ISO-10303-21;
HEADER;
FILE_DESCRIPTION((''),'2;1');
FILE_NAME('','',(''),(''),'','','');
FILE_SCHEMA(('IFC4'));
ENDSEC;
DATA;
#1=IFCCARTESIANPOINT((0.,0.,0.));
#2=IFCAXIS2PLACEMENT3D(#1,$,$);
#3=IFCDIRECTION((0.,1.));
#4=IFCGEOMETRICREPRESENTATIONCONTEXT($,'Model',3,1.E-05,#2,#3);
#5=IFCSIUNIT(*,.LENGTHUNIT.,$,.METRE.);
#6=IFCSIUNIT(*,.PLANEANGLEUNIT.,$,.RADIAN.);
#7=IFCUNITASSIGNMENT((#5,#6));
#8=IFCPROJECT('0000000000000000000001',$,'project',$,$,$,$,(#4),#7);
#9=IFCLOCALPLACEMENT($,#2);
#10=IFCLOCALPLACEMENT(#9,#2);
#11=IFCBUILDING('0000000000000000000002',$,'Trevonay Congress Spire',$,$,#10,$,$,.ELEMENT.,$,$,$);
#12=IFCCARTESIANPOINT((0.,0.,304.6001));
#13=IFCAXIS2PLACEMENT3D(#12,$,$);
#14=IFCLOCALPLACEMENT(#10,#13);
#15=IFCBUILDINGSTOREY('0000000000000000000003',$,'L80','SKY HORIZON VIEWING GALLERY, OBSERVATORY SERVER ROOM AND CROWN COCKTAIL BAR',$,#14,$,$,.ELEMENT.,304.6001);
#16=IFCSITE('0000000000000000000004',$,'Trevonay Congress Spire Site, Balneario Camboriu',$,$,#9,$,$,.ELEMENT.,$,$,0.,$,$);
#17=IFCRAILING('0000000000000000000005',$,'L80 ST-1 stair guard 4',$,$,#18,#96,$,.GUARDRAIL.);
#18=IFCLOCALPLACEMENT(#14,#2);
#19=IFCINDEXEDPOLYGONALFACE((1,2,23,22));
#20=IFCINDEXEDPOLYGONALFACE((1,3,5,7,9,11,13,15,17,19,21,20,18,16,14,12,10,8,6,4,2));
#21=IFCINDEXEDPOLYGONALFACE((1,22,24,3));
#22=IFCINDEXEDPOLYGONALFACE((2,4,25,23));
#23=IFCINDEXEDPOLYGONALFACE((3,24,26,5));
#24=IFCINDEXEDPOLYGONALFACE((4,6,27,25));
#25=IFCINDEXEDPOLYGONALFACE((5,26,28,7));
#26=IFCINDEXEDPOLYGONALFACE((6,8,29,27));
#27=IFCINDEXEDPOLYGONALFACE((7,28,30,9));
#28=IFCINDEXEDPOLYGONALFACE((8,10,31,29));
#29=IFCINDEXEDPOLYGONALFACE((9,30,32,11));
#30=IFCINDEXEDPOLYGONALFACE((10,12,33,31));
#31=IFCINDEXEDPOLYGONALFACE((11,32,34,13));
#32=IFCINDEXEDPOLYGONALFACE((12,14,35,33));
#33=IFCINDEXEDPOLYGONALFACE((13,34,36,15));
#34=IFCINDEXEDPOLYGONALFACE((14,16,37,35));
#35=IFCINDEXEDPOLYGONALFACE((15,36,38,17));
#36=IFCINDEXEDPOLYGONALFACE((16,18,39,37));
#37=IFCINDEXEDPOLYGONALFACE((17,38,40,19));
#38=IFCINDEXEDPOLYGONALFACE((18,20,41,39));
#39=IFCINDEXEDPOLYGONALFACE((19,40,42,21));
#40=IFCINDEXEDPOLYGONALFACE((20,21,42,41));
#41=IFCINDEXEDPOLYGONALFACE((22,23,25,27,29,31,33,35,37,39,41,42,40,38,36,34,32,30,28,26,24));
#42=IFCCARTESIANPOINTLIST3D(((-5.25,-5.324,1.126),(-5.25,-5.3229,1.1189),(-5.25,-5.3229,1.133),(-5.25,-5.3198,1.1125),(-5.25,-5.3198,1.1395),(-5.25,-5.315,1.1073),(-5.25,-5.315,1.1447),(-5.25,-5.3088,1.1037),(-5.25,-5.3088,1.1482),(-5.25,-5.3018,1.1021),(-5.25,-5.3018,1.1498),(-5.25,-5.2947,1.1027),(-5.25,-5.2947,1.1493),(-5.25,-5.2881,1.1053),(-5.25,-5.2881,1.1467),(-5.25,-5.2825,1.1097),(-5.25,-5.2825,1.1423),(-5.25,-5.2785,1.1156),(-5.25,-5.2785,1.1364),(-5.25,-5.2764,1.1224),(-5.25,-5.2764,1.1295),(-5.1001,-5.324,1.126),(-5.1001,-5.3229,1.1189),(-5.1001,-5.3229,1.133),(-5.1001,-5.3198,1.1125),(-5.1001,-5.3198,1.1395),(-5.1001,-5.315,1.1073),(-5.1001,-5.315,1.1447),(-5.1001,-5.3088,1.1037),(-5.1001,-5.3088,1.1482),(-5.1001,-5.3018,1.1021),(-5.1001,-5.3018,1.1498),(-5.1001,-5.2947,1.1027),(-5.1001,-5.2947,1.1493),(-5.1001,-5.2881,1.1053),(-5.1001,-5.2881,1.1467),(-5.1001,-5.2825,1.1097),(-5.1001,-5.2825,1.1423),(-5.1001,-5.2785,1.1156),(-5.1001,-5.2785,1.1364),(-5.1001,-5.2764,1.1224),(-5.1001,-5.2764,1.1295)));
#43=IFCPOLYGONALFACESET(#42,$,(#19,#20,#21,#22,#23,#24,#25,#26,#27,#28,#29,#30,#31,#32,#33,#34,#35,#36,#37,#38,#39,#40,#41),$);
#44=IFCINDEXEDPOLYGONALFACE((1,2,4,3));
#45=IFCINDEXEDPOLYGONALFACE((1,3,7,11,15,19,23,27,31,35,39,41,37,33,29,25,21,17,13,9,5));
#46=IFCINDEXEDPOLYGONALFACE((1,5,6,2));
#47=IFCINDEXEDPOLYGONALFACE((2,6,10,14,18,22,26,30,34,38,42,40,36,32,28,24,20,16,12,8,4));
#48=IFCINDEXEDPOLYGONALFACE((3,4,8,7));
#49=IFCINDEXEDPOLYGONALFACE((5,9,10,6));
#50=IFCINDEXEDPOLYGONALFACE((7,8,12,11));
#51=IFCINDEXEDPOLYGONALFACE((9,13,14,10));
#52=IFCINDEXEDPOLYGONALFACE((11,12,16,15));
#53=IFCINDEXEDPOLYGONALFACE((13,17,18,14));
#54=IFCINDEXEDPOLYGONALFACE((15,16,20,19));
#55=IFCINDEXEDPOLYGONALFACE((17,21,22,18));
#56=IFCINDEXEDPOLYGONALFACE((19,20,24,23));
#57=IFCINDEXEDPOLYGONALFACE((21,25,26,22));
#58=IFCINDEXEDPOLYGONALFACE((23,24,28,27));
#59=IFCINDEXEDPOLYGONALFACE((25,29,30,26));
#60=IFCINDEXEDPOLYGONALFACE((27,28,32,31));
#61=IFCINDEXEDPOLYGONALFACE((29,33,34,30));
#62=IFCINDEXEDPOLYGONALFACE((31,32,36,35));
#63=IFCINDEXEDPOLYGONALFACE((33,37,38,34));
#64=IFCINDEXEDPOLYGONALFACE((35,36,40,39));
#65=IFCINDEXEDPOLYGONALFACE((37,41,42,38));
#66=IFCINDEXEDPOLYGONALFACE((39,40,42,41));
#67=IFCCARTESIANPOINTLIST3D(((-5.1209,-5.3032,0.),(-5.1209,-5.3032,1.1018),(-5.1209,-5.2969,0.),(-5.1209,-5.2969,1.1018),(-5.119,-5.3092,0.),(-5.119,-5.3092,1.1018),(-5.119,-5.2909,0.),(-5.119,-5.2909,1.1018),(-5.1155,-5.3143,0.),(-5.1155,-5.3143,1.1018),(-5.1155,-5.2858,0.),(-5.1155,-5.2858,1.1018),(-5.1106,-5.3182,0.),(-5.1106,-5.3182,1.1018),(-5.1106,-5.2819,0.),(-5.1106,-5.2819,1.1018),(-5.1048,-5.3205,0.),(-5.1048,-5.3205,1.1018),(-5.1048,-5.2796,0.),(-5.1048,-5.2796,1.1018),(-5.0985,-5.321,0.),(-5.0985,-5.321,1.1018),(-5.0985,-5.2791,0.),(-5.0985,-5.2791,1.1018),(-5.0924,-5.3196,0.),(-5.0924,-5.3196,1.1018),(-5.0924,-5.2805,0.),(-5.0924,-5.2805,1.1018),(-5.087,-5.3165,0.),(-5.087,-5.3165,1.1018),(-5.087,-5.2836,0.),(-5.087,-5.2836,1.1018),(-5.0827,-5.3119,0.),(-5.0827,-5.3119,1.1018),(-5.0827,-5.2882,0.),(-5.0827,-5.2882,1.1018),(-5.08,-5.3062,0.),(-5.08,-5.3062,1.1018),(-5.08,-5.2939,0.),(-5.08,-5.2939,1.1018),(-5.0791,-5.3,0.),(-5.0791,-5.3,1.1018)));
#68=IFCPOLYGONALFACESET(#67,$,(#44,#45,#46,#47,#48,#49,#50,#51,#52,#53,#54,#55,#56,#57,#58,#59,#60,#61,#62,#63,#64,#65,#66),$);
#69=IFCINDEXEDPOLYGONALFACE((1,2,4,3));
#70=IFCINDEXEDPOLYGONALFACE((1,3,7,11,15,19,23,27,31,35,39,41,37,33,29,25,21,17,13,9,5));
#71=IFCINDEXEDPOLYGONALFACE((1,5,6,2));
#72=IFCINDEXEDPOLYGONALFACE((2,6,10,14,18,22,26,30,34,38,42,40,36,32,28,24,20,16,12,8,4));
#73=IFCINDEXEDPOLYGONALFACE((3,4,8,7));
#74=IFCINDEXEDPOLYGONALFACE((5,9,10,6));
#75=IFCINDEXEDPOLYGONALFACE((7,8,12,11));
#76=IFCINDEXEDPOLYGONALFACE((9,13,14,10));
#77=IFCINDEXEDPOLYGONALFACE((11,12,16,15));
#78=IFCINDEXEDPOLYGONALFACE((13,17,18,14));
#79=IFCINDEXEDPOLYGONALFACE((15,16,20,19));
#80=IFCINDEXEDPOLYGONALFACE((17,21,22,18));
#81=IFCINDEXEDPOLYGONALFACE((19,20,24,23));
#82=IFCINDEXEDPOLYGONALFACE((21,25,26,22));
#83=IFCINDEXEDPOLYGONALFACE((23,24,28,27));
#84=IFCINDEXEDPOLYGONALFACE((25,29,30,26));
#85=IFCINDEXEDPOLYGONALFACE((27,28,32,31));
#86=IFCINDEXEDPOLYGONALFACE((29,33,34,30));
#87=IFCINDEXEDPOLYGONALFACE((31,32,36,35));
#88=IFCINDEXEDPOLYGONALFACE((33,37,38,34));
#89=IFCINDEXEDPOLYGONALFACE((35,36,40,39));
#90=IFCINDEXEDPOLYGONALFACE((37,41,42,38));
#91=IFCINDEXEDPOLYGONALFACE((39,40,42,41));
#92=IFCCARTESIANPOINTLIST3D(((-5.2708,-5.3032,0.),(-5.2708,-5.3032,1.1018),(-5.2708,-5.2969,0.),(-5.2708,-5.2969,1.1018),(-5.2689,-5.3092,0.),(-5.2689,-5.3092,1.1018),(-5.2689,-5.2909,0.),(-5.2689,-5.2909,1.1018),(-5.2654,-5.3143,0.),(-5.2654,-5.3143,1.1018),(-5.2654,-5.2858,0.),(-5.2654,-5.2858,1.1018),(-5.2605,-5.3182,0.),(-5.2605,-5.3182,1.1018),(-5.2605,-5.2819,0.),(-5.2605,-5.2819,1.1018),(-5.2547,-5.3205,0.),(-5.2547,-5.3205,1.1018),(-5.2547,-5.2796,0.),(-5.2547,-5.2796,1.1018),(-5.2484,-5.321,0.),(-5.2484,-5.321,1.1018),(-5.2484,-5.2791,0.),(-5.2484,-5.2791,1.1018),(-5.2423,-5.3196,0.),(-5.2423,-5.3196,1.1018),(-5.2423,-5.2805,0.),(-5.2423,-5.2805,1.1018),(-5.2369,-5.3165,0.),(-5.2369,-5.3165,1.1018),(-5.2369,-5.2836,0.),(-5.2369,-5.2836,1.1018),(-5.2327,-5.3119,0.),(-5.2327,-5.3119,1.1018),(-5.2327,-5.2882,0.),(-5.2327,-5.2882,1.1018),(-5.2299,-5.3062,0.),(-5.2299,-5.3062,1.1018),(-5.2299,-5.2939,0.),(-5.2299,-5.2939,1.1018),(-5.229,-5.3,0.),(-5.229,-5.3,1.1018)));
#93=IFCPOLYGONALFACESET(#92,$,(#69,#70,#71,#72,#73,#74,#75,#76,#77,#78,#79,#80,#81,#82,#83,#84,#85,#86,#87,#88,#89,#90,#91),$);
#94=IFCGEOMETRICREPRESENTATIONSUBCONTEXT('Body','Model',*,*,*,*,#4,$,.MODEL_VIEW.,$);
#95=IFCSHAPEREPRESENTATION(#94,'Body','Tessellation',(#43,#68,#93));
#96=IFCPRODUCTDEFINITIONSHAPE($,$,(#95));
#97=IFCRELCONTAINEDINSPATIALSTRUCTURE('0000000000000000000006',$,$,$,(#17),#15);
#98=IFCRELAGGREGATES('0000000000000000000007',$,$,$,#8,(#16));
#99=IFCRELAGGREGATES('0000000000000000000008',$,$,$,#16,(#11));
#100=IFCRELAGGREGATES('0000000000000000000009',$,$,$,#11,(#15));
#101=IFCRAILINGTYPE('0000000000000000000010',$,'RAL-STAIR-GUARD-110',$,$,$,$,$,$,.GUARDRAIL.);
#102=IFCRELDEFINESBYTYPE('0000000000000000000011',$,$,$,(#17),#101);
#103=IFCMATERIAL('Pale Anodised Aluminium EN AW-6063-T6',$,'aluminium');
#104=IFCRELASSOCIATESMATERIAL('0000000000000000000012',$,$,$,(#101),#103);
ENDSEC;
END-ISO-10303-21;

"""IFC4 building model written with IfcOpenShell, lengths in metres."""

from ifc_helpers import new_model, si_unit, direction, frame, origin, origin_2d, place, context, subcontext, project, spatial, circle, extrude, material, type_object, element, save


model = new_model("IFC4")

# Units and contexts
model_context = context("Model", 3, precision=1e-05, world=origin(), true_north=direction((0.0, 1.0)))
body_context = subcontext(model_context, "Body", "Model", "MODEL_VIEW")
ifc_project = project(units=[si_unit("LENGTHUNIT", "METRE"), si_unit("PLANEANGLEUNIT", "RADIAN")], contexts=[model_context])

# Site, building, storey
site_placement = place(None, origin())
site = spatial("IfcSite", under=ifc_project, at=site_placement, Name="Trevonay Congress Spire Site, Balneario Camboriu", CompositionType="ELEMENT", RefElevation=0.0)
building_placement = place(site_placement, origin())
building = spatial("IfcBuilding", under=site, at=building_placement, Name="Trevonay Congress Spire", CompositionType="ELEMENT")
storey_placement = place(building_placement, frame((0.0, 0.0, 304.6001)))
storey = spatial("IfcBuildingStorey", under=building, at=storey_placement, Name="L80", Description="SKY HORIZON VIEWING GALLERY, OBSERVATORY SERVER ROOM AND CROWN COCKTAIL BAR", CompositionType="ELEMENT", Elevation=304.6001)

# Shared definitions
ifc_material_1 = material(Name="Pale Anodised Aluminium EN AW-6063-T6", Category="aluminium")

# Railing
railing_type_1 = type_object("IfcRailingType", Name="RAL-STAIR-GUARD-110", PredefinedType="GUARDRAIL", material=ifc_material_1)
railing_1_placement = place(storey_placement, frame((-5.1001, -5.3, 0.0)))
element("IfcRailing", 1, at=railing_1_placement, inside=storey, type_object=railing_type_1, Name="L80 ST-1 stair guard 4", PredefinedType="GUARDRAIL", context=body_context, shape_type="SweptSolid", body=[
    extrude(circle(Radius=0.0239, at=origin_2d()), frame((0.0, 0.0, 1.126), z_axis=(-1.0, 0.0, 0.0), x_axis=(0.0, -1.0, 0.0)), (0.0, 0.0, 1.0), 0.1499),
    extrude(circle(Radius=0.021, at=origin_2d()), origin(), (0.0, 0.0, 1.0), 1.1018),
    extrude(circle(Radius=0.021, at=origin_2d()), frame((-0.1499, 0.0, 0.0)), (0.0, 0.0, 1.0), 1.1018),
])

save(model, "model.ifc")
